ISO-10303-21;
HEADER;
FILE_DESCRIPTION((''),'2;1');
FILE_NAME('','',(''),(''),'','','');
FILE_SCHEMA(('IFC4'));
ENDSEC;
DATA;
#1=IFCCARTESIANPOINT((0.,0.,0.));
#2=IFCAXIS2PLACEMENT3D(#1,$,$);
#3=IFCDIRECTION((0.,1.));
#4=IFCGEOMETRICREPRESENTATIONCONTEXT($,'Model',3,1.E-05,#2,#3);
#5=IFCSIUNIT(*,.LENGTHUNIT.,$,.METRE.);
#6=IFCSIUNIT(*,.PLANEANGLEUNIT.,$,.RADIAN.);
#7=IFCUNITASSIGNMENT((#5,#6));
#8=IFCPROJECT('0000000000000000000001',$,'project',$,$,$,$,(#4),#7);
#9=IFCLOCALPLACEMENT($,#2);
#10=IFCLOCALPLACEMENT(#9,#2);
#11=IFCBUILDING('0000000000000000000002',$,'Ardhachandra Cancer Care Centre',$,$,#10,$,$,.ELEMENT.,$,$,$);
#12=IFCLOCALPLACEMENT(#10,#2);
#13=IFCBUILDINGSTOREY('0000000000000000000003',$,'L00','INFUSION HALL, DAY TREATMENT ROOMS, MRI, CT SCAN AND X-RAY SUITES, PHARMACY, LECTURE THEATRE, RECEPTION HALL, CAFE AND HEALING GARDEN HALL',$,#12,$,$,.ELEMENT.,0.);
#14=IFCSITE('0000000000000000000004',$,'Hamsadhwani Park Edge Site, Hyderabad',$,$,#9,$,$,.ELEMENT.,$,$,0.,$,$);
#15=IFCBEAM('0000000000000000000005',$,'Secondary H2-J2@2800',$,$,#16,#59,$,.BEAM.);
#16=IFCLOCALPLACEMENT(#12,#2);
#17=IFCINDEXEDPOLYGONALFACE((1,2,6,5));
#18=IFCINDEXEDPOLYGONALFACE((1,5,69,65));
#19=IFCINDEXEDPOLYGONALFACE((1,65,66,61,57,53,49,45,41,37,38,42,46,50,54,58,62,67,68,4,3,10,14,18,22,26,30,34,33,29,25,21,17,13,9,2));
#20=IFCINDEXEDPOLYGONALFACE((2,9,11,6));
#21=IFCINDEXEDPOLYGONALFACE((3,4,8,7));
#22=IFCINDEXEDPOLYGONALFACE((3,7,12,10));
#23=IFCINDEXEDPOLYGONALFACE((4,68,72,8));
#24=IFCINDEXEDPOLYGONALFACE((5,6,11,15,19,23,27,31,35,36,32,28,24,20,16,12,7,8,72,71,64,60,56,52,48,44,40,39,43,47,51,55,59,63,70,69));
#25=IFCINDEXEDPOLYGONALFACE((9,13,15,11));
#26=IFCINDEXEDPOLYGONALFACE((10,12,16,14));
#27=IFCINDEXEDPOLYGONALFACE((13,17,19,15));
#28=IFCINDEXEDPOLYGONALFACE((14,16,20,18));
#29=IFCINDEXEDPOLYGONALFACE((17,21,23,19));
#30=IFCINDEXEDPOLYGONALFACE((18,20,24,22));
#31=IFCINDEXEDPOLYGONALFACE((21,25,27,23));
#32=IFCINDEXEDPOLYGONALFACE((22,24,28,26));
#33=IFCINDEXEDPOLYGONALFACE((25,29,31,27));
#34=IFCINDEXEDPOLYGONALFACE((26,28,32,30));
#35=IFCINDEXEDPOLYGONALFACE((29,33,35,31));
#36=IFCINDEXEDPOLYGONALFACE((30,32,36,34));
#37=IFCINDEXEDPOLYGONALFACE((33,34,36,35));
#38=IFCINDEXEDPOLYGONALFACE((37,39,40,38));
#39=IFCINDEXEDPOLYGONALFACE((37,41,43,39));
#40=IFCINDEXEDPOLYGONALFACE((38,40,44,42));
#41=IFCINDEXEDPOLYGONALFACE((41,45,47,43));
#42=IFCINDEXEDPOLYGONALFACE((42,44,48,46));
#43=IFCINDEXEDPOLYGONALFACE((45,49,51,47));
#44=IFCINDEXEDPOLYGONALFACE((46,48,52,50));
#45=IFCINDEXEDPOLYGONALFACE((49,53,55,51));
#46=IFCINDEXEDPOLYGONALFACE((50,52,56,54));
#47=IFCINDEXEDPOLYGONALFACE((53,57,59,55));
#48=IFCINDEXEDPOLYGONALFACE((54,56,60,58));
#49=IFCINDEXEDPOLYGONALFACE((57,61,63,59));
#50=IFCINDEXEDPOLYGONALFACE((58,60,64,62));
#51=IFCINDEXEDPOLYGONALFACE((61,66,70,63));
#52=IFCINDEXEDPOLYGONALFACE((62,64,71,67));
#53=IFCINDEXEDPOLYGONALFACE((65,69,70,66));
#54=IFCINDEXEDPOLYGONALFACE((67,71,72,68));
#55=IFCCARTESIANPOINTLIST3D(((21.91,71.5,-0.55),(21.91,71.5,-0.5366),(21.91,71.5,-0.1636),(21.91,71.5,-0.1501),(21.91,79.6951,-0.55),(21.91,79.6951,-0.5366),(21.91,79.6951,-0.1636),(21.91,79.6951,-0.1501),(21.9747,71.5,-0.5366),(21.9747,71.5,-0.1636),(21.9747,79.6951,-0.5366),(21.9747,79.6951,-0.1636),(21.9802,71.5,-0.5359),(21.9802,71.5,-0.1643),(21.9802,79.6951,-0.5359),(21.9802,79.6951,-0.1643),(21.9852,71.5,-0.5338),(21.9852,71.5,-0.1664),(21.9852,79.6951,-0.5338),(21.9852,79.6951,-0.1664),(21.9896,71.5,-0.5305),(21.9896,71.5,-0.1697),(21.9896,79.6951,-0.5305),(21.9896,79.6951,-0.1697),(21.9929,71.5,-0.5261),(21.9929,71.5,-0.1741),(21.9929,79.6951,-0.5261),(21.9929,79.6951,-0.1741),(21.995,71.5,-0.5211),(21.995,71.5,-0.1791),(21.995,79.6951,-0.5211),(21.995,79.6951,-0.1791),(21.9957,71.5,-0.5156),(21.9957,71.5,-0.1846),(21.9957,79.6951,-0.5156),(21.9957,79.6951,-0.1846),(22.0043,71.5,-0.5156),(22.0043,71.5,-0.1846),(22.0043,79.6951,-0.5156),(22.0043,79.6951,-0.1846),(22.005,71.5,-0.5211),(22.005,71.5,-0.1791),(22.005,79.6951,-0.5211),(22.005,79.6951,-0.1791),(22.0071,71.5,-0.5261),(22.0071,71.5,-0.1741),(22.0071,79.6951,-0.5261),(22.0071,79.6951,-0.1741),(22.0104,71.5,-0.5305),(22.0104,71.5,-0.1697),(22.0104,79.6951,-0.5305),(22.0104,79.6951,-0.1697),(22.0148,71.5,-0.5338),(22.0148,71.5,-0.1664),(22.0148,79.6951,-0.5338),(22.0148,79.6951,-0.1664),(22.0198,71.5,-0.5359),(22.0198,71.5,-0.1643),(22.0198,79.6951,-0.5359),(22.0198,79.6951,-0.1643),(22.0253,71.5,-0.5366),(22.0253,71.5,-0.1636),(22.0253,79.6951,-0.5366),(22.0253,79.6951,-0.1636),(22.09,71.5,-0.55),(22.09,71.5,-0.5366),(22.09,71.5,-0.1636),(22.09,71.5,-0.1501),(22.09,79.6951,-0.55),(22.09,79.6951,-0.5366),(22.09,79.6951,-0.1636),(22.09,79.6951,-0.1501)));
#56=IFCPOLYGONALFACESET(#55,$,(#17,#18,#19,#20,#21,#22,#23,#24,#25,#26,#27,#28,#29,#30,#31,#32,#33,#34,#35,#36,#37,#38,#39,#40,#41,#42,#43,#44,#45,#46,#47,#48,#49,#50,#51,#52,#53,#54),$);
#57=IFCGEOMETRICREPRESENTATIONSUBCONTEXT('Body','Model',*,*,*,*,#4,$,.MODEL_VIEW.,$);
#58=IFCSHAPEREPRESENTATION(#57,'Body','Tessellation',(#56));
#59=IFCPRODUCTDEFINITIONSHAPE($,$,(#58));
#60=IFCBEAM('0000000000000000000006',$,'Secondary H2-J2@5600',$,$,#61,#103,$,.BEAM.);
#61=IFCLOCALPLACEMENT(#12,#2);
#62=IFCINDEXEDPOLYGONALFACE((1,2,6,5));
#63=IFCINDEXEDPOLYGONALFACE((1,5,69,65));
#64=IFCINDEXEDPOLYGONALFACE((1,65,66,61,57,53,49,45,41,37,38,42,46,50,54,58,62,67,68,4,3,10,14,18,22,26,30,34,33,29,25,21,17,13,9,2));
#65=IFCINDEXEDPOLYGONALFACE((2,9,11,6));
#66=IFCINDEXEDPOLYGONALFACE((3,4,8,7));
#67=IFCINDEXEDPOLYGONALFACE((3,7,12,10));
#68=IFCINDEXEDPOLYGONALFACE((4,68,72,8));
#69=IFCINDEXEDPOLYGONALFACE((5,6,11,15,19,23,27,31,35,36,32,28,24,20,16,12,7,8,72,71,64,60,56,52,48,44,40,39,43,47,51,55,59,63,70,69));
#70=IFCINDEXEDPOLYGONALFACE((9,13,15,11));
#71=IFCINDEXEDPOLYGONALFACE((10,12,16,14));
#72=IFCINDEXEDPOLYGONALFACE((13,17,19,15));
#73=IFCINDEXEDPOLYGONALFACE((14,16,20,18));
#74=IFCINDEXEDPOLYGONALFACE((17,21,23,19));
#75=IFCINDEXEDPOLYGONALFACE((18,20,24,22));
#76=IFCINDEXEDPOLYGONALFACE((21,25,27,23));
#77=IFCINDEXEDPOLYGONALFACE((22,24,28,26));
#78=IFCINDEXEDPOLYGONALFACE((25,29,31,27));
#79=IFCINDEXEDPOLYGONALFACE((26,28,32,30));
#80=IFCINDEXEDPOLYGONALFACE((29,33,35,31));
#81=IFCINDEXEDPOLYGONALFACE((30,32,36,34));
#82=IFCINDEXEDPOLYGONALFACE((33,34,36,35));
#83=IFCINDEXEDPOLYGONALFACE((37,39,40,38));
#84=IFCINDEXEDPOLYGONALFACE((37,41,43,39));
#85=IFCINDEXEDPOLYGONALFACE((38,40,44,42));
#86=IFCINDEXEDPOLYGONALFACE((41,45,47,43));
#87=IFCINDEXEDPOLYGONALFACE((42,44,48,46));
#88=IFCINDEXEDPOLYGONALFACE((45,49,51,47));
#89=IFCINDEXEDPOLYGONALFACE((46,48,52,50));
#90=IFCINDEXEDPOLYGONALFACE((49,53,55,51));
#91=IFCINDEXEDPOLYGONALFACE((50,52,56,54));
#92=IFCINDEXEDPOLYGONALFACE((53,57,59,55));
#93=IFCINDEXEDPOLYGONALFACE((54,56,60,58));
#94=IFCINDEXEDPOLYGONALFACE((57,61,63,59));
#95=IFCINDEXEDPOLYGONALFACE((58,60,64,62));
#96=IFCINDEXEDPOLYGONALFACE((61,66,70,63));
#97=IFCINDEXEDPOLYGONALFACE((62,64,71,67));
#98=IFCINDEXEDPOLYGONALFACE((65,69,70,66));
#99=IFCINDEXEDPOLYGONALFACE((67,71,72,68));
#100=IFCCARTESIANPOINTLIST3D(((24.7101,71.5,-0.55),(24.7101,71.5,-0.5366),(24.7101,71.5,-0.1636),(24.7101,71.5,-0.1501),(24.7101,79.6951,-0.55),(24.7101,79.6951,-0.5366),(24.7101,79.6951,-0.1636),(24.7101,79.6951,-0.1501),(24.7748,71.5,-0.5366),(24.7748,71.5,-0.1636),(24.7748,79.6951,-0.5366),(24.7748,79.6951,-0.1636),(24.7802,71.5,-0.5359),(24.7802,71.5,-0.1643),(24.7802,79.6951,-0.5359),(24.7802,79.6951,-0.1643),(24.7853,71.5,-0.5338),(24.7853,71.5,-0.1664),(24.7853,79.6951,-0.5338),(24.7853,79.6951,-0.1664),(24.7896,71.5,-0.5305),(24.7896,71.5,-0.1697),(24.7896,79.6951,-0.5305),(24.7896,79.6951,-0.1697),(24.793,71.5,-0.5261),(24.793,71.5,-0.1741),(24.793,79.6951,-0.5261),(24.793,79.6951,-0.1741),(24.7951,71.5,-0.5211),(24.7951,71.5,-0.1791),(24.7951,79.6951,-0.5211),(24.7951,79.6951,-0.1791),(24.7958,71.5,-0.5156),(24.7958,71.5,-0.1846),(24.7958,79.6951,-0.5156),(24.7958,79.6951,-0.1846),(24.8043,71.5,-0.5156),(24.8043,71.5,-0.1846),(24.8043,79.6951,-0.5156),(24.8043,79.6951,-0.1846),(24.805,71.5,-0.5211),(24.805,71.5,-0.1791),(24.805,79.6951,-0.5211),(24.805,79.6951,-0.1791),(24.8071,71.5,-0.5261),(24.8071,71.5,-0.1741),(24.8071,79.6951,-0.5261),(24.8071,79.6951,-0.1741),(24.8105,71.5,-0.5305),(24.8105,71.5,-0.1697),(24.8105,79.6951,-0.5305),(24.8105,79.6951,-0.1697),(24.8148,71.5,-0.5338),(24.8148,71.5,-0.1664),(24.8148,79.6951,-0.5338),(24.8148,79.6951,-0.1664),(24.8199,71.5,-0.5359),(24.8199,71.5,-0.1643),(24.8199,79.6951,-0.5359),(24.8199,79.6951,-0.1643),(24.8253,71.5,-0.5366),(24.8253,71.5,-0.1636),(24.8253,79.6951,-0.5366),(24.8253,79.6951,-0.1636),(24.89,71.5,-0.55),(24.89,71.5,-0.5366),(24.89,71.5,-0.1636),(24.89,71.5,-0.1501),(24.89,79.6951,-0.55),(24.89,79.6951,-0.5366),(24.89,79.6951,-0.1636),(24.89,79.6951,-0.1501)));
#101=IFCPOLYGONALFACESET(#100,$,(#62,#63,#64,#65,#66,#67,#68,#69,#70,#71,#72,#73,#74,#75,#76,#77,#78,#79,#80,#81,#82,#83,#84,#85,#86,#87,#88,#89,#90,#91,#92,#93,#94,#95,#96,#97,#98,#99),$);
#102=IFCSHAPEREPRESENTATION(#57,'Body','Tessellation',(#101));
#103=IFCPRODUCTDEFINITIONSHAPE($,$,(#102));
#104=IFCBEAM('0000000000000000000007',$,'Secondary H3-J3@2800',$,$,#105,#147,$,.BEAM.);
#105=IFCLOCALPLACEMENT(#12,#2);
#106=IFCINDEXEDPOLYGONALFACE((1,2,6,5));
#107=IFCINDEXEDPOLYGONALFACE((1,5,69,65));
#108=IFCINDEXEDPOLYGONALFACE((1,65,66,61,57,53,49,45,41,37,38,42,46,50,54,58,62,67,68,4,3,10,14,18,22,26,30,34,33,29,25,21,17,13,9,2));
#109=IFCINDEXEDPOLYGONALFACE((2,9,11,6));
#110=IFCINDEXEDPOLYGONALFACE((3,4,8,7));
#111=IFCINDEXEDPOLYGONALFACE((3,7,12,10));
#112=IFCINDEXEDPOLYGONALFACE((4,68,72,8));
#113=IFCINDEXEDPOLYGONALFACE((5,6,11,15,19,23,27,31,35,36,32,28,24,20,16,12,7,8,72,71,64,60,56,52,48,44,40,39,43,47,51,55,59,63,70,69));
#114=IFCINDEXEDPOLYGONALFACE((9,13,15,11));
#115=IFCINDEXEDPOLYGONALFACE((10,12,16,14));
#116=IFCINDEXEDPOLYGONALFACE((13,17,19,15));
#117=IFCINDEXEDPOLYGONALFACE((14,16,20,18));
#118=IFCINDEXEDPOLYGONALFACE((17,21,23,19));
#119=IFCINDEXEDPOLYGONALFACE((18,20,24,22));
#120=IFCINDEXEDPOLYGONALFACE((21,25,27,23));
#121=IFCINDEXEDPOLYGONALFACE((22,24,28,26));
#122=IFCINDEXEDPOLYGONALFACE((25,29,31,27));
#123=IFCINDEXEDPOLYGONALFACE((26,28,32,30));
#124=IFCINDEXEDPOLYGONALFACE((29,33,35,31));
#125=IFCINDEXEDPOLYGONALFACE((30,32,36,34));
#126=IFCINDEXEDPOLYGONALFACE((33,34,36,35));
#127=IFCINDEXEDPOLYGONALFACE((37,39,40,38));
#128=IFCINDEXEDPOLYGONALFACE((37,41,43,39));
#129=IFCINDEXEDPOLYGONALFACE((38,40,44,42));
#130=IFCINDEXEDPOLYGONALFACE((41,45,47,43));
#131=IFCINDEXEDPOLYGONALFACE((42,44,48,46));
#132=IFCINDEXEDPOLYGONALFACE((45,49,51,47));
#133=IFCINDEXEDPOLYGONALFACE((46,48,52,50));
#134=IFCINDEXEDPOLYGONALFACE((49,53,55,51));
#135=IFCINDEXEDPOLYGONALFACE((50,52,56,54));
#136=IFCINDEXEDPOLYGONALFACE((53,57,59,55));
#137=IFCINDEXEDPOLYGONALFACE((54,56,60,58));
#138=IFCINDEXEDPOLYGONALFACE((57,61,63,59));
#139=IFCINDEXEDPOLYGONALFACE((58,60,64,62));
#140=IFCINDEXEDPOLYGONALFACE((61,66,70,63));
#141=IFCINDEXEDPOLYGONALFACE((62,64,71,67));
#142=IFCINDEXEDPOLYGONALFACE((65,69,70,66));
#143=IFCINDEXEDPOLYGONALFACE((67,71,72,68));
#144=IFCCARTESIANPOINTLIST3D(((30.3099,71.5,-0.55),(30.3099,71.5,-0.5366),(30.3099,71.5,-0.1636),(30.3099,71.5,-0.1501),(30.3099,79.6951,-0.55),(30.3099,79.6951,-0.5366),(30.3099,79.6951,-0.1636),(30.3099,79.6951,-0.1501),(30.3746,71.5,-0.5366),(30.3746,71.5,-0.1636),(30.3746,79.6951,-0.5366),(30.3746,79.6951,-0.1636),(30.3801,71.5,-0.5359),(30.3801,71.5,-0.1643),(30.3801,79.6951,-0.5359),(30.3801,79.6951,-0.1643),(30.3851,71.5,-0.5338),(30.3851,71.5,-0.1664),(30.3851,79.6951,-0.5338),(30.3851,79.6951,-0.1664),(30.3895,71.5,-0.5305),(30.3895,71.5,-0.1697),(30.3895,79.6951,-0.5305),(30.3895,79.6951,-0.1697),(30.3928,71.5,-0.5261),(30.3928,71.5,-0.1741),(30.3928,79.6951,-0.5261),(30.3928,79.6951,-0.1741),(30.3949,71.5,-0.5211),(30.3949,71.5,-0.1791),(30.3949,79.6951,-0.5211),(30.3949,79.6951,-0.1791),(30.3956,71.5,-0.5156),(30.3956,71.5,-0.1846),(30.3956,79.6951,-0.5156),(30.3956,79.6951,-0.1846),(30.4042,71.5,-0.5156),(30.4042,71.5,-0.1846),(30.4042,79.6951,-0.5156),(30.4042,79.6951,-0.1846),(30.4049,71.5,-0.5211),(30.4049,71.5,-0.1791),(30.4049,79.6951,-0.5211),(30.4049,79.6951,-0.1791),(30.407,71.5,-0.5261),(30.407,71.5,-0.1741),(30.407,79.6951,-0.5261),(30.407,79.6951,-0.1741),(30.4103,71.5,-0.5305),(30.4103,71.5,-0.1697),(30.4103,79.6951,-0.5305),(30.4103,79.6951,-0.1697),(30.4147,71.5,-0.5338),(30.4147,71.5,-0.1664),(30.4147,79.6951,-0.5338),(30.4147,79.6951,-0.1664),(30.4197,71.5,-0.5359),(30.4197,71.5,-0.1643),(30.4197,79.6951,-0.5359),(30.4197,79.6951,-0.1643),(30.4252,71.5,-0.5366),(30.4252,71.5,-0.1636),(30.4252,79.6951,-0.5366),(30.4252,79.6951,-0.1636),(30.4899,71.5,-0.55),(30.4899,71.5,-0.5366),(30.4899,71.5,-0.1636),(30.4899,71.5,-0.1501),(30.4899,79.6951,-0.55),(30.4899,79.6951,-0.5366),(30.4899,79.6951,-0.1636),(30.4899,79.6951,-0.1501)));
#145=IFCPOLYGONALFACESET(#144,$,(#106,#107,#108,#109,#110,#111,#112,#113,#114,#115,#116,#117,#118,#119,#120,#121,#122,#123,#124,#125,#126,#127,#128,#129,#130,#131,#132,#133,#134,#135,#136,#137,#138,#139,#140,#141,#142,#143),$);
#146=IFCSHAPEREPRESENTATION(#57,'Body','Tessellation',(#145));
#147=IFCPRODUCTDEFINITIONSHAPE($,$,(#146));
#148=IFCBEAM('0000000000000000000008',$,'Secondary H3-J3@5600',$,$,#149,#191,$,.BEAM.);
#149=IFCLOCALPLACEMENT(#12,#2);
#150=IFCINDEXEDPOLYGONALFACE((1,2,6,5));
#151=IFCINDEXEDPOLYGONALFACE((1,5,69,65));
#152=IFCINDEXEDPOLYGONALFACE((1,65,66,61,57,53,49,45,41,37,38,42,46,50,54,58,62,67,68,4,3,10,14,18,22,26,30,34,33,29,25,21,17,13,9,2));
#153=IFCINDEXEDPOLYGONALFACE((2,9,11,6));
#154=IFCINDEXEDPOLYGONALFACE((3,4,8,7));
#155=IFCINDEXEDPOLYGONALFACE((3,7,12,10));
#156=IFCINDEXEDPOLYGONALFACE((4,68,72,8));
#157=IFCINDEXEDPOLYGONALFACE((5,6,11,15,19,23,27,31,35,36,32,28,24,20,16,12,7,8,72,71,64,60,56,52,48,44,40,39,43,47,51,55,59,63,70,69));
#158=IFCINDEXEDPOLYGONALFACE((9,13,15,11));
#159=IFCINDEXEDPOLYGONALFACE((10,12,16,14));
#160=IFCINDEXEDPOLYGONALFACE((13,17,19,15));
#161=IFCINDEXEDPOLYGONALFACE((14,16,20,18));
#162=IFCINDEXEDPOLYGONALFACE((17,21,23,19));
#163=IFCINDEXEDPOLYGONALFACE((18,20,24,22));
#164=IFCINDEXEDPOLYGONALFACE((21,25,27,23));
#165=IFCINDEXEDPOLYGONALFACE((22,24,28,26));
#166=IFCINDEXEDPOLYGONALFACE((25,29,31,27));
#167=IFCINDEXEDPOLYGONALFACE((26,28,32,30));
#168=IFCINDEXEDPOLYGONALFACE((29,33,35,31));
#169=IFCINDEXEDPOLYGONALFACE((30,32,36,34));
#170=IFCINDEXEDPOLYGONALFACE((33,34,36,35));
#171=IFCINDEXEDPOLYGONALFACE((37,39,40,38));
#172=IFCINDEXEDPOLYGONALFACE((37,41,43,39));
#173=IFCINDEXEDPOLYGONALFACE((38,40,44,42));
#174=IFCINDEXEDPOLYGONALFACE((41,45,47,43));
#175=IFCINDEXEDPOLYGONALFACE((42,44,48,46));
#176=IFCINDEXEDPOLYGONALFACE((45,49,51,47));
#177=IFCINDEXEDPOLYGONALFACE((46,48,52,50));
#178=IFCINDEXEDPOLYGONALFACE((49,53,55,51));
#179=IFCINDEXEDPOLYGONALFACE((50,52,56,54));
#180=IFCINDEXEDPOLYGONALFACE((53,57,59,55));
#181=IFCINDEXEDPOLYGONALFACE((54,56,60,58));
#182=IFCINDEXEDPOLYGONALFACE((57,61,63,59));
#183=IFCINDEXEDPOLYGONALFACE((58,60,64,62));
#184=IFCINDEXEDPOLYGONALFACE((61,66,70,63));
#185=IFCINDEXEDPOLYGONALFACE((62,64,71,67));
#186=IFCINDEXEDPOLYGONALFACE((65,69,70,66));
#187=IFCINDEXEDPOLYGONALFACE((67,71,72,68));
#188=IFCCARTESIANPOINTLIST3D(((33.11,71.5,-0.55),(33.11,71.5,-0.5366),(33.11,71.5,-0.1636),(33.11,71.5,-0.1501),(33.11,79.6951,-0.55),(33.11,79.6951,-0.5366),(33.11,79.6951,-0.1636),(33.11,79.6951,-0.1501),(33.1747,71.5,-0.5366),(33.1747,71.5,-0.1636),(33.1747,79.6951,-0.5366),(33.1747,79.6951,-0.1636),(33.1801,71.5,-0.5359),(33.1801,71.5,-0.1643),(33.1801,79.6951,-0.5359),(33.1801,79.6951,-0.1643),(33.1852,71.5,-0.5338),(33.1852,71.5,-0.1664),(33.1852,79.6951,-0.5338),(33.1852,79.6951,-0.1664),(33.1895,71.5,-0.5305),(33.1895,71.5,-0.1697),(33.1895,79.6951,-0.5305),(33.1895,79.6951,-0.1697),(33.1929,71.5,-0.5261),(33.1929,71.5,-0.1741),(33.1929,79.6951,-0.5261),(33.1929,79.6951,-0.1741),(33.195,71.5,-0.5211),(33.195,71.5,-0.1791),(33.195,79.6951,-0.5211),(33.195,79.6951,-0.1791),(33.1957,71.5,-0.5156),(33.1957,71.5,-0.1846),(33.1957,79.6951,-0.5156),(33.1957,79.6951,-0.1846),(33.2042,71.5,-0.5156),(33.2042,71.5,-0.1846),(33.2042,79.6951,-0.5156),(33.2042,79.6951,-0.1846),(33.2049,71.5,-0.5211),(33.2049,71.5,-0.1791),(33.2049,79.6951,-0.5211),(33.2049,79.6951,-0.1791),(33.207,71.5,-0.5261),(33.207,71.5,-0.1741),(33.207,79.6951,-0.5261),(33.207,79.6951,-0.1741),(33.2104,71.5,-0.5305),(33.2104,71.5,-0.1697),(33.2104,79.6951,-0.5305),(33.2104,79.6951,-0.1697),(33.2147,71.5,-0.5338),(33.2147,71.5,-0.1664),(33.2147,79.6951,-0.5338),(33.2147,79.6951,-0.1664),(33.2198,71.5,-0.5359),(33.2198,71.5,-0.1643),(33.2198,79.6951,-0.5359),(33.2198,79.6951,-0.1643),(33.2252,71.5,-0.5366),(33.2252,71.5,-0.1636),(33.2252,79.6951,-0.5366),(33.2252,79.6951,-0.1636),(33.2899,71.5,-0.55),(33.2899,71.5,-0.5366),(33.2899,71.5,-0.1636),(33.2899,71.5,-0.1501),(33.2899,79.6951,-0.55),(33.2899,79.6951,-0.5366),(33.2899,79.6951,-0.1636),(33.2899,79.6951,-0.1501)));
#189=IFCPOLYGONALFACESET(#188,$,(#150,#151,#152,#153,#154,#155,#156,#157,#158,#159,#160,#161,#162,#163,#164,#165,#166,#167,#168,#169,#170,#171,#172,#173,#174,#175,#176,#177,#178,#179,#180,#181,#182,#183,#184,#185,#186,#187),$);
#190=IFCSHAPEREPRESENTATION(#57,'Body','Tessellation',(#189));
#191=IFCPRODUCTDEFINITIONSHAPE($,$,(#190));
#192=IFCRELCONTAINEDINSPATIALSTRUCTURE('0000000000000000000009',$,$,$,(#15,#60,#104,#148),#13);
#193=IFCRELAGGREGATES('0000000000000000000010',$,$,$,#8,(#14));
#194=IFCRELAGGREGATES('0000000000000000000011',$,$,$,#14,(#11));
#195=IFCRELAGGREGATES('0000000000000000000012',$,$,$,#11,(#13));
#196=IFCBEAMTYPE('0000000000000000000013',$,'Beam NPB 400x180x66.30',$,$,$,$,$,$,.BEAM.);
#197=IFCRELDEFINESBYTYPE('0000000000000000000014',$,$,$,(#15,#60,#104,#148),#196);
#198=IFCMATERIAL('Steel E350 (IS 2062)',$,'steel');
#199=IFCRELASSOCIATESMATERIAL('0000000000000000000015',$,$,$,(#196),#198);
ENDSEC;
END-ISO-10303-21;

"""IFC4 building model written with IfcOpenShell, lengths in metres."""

from ifc_helpers import new_model, si_unit, direction, frame, origin, origin_2d, place, context, subcontext, project, spatial, i_section, extrude, material, material_profile, profile_set, type_object, element, save


model = new_model("IFC4")

# Units and contexts
model_context = context("Model", 3, precision=1e-05, world=origin(), true_north=direction((0.0, 1.0)))
body_context = subcontext(model_context, "Body", "Model", "MODEL_VIEW")
ifc_project = project(units=[si_unit("LENGTHUNIT", "METRE"), si_unit("PLANEANGLEUNIT", "RADIAN")], contexts=[model_context])

# Site, building, storey
site_placement = place(None, origin())
site = spatial("IfcSite", under=ifc_project, at=site_placement, Name="Hamsadhwani Park Edge Site, Hyderabad", CompositionType="ELEMENT", RefElevation=0.0)
building_placement = place(site_placement, origin())
building = spatial("IfcBuilding", under=site, at=building_placement, Name="Ardhachandra Cancer Care Centre", CompositionType="ELEMENT")
storey_placement = place(building_placement, origin())
storey = spatial("IfcBuildingStorey", under=building, at=storey_placement, Name="L00", Description="INFUSION HALL, DAY TREATMENT ROOMS, MRI, CT SCAN AND X-RAY SUITES, PHARMACY, LECTURE THEATRE, RECEPTION HALL, CAFE AND HEALING GARDEN HALL", CompositionType="ELEMENT", Elevation=0.0)

# Beams
ifc_material_1 = material(Name="Steel E350 (IS 2062)", Category="steel")
ifc_material_profile_1 = material_profile(ifc_material_1, i_section(OverallWidth=0.1799, OverallDepth=0.3999, WebThickness=0.0085, FlangeThickness=0.0134, FilletRadius=0.021, at=origin_2d()), Name="NPB 400x180x66.30")
ifc_profile_set_1 = profile_set([ifc_material_profile_1], Name="Steel E350 (IS 2062)")
beam_type_1 = type_object("IfcBeamType", Name="Beam NPB 400x180x66.30", PredefinedType="BEAM", material=ifc_profile_set_1)
for number, where, z_axis, x_axis, name in (
    (1, (22.0, 71.5, -0.3501), (0.0, 1.0, 0.0), (-1.0, 0.0, 0.0), "Secondary H2-J2@2800"),
    (2, (24.8, 71.5, -0.3501), (0.0, 1.0, 0.0), (-1.0, 0.0, 0.0), "Secondary H2-J2@5600"),
    (3, (30.3999, 71.5, -0.3501), (0.0, 1.0, 0.0), (-1.0, 0.0, 0.0), "Secondary H3-J3@2800"),
    (4, (33.2, 71.5, -0.3501), (0.0, 1.0, 0.0), (-1.0, 0.0, 0.0), "Secondary H3-J3@5600"),
):
    element("IfcBeam", number, at=place(storey_placement, frame(where, z_axis=z_axis, x_axis=x_axis)), inside=storey, type_object=beam_type_1, Name=name, PredefinedType="BEAM", context=body_context, shape_type="SweptSolid", body=[
        extrude(i_section(OverallWidth=0.1799, OverallDepth=0.3999, WebThickness=0.0085, FlangeThickness=0.0134, FilletRadius=0.021, at=origin_2d()), origin(), (0.0, 0.0, 1.0), 8.1951),
    ])

save(model, "model.ifc")
